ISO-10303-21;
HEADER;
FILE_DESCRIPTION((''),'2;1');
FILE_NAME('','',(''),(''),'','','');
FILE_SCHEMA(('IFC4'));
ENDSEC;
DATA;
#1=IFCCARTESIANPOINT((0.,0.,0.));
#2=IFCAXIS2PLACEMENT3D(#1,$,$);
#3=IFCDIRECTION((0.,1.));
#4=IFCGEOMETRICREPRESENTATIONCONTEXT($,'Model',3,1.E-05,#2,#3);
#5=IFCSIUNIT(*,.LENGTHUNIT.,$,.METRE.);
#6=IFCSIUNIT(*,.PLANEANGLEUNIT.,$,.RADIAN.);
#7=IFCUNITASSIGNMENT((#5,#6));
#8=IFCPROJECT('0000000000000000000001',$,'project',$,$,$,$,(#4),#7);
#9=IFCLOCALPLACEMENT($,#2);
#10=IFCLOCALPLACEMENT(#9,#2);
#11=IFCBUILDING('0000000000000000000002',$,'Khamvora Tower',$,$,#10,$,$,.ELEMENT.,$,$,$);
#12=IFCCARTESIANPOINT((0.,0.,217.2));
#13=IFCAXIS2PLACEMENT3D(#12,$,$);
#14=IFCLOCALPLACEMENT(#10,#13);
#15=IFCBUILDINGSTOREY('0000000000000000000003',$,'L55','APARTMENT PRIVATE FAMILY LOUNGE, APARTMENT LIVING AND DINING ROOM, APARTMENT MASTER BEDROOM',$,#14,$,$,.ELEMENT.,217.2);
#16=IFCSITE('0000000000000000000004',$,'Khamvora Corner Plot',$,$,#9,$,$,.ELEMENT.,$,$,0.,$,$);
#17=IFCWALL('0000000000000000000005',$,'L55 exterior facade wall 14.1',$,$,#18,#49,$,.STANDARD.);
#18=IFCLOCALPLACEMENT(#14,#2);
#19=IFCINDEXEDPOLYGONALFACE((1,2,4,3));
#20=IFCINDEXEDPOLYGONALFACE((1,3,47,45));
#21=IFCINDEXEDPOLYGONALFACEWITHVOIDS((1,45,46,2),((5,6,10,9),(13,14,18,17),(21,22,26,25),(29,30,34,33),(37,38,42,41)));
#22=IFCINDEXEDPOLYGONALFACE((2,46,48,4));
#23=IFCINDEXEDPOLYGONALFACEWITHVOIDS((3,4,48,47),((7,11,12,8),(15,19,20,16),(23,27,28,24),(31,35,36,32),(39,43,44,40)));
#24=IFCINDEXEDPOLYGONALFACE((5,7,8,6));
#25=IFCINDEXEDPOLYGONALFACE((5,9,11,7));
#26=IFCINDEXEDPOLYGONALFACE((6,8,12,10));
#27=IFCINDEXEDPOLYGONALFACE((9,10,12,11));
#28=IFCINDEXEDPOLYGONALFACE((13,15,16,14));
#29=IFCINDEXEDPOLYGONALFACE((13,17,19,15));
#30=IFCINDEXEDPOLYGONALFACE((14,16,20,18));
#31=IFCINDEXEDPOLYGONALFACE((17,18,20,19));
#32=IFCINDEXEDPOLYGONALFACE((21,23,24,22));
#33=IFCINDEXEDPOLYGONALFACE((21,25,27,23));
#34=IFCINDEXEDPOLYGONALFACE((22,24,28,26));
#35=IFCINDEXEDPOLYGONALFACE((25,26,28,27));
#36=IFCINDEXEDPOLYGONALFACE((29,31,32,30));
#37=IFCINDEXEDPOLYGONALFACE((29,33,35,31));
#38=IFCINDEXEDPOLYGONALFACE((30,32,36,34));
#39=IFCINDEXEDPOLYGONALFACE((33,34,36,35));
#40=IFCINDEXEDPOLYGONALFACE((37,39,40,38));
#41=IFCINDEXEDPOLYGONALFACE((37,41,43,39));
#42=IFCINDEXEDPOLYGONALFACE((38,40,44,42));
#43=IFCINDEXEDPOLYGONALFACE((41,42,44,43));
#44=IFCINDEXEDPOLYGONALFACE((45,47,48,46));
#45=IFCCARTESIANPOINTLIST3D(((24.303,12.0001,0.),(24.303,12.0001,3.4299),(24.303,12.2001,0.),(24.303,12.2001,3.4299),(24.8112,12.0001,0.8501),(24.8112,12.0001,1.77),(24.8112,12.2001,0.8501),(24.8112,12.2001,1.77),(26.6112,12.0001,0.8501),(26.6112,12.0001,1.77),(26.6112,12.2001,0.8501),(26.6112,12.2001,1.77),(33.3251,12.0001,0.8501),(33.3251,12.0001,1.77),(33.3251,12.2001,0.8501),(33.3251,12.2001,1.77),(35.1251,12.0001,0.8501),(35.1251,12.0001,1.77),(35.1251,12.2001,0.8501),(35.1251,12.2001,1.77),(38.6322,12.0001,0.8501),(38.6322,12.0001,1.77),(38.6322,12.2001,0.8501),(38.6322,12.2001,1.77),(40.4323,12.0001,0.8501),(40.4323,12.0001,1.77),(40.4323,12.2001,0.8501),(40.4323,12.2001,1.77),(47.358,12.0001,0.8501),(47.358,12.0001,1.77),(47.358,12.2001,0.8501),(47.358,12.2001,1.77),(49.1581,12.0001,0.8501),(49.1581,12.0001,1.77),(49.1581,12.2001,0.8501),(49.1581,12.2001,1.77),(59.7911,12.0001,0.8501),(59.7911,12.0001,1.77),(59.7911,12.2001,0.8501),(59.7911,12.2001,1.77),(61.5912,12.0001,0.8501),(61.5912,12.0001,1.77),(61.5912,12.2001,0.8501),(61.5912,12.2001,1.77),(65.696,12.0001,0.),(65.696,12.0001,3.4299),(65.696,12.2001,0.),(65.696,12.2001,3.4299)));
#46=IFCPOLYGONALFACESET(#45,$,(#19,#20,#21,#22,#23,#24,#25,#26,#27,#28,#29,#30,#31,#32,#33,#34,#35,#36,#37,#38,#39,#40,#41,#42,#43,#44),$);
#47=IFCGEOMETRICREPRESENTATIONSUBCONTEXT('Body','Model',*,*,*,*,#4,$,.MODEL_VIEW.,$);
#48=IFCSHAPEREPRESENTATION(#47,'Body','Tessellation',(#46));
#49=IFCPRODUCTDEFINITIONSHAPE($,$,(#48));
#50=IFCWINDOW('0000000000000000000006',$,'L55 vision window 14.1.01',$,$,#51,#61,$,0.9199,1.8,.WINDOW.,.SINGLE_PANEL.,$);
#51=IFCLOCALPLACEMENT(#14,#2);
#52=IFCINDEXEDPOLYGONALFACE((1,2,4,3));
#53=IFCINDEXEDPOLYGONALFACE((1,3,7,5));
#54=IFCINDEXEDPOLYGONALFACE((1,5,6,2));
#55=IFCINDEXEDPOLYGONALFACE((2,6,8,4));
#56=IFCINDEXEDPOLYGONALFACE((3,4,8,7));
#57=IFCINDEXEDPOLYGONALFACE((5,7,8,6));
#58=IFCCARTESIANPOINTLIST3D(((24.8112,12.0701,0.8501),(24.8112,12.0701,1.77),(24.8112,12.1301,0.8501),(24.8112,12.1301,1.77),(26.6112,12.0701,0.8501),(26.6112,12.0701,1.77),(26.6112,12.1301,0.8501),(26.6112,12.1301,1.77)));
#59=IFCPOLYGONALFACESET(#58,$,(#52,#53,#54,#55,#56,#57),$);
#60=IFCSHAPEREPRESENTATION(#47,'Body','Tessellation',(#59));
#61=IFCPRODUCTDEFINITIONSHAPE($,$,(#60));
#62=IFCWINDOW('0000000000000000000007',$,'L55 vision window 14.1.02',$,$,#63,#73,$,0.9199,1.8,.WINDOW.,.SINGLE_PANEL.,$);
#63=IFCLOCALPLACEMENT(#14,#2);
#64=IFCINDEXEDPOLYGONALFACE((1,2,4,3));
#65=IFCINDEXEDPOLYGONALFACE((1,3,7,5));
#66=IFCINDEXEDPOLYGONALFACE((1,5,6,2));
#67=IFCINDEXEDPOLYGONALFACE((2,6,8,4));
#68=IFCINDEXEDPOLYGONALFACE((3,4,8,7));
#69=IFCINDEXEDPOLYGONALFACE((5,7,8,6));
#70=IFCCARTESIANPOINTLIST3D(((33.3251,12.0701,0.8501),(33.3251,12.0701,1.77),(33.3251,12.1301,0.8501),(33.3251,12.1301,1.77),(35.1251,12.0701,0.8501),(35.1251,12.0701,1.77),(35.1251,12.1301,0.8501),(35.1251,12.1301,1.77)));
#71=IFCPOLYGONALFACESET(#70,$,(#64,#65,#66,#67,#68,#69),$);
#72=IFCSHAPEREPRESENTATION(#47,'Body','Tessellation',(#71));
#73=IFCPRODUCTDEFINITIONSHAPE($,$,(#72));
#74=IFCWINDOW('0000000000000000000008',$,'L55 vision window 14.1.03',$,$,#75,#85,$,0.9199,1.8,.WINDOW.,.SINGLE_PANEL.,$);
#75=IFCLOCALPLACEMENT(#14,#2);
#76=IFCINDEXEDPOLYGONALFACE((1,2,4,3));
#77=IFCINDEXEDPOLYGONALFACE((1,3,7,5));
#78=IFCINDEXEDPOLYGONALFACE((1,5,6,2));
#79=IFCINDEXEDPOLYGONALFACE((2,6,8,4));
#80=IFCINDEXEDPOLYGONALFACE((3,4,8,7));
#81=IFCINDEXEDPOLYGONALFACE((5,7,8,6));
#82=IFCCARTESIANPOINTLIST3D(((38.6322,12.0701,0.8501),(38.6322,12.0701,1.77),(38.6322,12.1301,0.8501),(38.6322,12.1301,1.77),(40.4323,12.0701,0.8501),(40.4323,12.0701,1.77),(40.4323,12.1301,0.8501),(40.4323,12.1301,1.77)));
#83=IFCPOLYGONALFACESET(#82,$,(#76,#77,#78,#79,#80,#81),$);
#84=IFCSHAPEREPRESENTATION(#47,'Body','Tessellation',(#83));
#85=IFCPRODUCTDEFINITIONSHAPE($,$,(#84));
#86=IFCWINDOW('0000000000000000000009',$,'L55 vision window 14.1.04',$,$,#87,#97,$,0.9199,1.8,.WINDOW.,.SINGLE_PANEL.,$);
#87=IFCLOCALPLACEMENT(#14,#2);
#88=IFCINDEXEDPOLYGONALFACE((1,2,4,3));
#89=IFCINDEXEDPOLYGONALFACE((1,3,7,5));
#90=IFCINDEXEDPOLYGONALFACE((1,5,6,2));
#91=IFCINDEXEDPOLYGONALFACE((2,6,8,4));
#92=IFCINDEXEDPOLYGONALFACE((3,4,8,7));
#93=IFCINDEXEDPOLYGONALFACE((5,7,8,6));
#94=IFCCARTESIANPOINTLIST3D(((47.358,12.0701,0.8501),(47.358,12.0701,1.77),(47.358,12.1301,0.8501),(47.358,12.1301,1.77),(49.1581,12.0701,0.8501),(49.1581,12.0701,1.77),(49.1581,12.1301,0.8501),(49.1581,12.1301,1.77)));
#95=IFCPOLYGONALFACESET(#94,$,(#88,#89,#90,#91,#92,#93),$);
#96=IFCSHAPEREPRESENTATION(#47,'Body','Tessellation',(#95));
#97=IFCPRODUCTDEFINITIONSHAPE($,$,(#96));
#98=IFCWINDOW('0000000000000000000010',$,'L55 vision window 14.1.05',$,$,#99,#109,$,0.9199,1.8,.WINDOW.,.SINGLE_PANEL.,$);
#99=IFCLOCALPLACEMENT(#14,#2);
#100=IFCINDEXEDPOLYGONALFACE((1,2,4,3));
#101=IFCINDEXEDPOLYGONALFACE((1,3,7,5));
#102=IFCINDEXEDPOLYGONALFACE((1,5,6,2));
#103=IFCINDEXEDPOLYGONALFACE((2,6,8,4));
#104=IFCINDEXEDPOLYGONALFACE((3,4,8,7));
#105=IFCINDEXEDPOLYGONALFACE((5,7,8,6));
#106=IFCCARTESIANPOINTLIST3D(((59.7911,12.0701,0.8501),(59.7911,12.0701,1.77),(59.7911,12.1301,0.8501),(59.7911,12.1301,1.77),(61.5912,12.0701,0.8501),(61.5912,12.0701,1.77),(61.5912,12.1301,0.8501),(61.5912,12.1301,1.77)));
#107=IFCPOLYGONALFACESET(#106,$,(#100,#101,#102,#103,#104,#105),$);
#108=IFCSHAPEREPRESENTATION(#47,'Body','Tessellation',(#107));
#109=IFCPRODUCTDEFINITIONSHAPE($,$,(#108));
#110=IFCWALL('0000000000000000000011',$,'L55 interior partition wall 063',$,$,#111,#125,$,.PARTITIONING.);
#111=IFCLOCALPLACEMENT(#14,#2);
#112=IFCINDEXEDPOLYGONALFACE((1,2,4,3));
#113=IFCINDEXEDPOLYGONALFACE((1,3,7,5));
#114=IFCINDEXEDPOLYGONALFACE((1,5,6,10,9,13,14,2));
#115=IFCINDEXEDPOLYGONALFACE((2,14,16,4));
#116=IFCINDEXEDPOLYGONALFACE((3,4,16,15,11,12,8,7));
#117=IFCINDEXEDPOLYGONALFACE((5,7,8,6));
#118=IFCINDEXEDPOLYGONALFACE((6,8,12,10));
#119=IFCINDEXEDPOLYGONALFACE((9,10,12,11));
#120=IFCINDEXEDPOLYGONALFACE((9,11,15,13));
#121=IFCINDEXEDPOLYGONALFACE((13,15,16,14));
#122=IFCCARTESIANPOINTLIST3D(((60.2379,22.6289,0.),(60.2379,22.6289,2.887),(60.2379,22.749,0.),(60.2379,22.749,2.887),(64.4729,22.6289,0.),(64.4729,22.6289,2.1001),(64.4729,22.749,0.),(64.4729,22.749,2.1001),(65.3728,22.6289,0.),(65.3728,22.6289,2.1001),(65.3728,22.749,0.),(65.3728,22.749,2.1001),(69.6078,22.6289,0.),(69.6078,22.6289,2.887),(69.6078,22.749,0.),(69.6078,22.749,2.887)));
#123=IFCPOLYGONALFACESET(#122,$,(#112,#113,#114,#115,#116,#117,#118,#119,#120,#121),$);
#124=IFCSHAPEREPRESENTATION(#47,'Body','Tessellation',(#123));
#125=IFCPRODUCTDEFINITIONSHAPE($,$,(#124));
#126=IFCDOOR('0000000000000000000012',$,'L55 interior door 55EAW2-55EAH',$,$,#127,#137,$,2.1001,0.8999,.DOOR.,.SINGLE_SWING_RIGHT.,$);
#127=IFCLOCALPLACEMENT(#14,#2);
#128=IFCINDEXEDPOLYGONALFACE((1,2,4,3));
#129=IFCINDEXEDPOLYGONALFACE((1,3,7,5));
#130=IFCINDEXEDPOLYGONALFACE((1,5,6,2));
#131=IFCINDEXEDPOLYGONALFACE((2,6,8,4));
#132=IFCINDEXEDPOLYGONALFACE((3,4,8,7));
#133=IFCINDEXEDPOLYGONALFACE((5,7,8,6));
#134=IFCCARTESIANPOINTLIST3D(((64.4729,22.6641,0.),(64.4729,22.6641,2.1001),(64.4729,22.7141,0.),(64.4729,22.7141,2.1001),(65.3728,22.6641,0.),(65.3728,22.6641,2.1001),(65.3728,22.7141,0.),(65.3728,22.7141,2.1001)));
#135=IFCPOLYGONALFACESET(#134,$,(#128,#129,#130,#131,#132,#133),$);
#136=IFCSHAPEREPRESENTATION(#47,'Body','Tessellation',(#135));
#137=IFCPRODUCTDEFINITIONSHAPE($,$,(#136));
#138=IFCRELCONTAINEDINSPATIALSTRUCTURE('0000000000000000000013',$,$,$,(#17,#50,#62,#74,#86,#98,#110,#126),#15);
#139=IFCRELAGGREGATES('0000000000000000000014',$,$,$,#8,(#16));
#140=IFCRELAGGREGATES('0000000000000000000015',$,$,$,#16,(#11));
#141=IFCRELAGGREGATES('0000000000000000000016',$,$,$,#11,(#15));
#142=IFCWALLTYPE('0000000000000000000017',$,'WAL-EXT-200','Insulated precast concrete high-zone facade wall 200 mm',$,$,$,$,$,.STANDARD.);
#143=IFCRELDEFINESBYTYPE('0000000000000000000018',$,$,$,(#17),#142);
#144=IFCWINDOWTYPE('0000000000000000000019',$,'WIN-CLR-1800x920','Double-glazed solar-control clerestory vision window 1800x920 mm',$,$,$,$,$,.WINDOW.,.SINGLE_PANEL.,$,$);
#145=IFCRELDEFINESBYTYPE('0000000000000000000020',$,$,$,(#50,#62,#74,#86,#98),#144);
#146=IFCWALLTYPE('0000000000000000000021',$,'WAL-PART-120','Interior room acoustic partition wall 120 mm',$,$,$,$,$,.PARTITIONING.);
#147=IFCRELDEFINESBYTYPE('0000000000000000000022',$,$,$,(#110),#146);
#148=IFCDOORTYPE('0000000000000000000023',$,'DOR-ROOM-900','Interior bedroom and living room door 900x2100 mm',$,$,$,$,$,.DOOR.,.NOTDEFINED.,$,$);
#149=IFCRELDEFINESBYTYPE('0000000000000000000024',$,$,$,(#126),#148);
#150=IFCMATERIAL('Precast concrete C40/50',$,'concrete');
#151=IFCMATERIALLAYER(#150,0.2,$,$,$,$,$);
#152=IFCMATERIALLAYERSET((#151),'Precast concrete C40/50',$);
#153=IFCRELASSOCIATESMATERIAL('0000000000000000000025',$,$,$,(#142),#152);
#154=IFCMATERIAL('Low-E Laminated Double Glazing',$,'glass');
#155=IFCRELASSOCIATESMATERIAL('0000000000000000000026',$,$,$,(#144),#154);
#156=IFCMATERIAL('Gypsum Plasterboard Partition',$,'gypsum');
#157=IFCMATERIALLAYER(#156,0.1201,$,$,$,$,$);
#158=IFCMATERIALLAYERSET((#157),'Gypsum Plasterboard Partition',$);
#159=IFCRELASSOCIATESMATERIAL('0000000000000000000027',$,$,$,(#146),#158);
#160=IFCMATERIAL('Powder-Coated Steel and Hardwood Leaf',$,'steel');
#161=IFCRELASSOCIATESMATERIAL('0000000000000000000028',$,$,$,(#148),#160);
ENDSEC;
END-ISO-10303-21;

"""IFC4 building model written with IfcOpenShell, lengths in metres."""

from ifc_helpers import new_model, si_unit, direction, frame, frame_2d, origin, place, context, subcontext, project, spatial, rectangle, extrude, material, layer, layer_set, type_object, element, fill, save


model = new_model("IFC4")

# Units and contexts
model_context = context("Model", 3, precision=1e-05, world=origin(), true_north=direction((0.0, 1.0)))
body_context = subcontext(model_context, "Body", "Model", "MODEL_VIEW")
ifc_project = project(units=[si_unit("LENGTHUNIT", "METRE"), si_unit("PLANEANGLEUNIT", "RADIAN")], contexts=[model_context])

# Site, building, storey
site_placement = place(None, origin())
site = spatial("IfcSite", under=ifc_project, at=site_placement, Name="Khamvora Corner Plot", CompositionType="ELEMENT", RefElevation=0.0)
building_placement = place(site_placement, origin())
building = spatial("IfcBuilding", under=site, at=building_placement, Name="Khamvora Tower", CompositionType="ELEMENT")
storey_placement = place(building_placement, frame((0.0, 0.0, 217.2)))
storey = spatial("IfcBuildingStorey", under=building, at=storey_placement, Name="L55", Description="APARTMENT PRIVATE FAMILY LOUNGE, APARTMENT LIVING AND DINING ROOM, APARTMENT MASTER BEDROOM", CompositionType="ELEMENT", Elevation=217.2)

# Shared definitions
ifc_material_1 = material(Name="Precast concrete C40/50", Category="concrete")
ifc_layer_1 = layer(ifc_material_1, 0.2)
ifc_layer_set_1 = layer_set([ifc_layer_1], Name="Precast concrete C40/50")
wall_type_1 = type_object("IfcWallType", Name="WAL-EXT-200", Description="Insulated precast concrete high-zone facade wall 200 mm", PredefinedType="STANDARD", material=ifc_layer_set_1)
ifc_material_2 = material(Name="Low-E Laminated Double Glazing", Category="glass")
window_type_1 = type_object("IfcWindowType", Name="WIN-CLR-1800x920", Description="Double-glazed solar-control clerestory vision window 1800x920 mm", PartitioningType="SINGLE_PANEL", PredefinedType="WINDOW", material=ifc_material_2)

# Wall, openings, windows
wall_1_placement = place(storey_placement, frame((65.696, 12.1001, 0.0), z_axis=(0.0, 0.0, 1.0), x_axis=(-1.0, 0.0, 0.0)))
wall_1 = element("IfcWall", 1, at=wall_1_placement, inside=storey, type_object=wall_type_1, Name="L55 exterior facade wall 14.1", PredefinedType="STANDARD", context=body_context, shape_type="SweptSolid", body=[
    extrude(rectangle(XDim=41.3931, YDim=0.2, at=frame_2d((20.6965, 0.0))), origin(), (0.0, 0.0, 1.0), 3.4299),
])
opening_1_placement = place(wall_1_placement, frame((39.085, 0.0, 0.8501)))
opening_1 = element("IfcOpeningElement", 2, at=opening_1_placement, cuts=wall_1, PredefinedType="OPENING", context=body_context, shape_type="SweptSolid", body=[
    extrude(rectangle(XDim=1.8, YDim=0.9199, at=frame_2d((0.8999, 0.46))), frame((0.0, 0.1099, 0.0), z_axis=(0.0, -1.0, 0.0), x_axis=(1.0, 0.0, 0.0)), (0.0, 0.0, 1.0), 0.22),
])
opening_2_placement = place(wall_1_placement, frame((30.571, 0.0, 0.8501)))
opening_2 = element("IfcOpeningElement", 3, at=opening_2_placement, cuts=wall_1, PredefinedType="OPENING", context=body_context, shape_type="SweptSolid", body=[
    extrude(rectangle(XDim=1.8, YDim=0.9199, at=frame_2d((0.8999, 0.46))), frame((0.0, 0.1099, 0.0), z_axis=(0.0, -1.0, 0.0), x_axis=(1.0, 0.0, 0.0)), (0.0, 0.0, 1.0), 0.22),
])
opening_3_placement = place(wall_1_placement, frame((25.2639, 0.0, 0.8501)))
opening_3 = element("IfcOpeningElement", 4, at=opening_3_placement, cuts=wall_1, PredefinedType="OPENING", context=body_context, shape_type="SweptSolid", body=[
    extrude(rectangle(XDim=1.8, YDim=0.9199, at=frame_2d((0.8999, 0.46))), frame((0.0, 0.1099, 0.0), z_axis=(0.0, -1.0, 0.0), x_axis=(1.0, 0.0, 0.0)), (0.0, 0.0, 1.0), 0.22),
])
opening_4_placement = place(wall_1_placement, frame((16.5381, 0.0, 0.8501)))
opening_4 = element("IfcOpeningElement", 5, at=opening_4_placement, cuts=wall_1, PredefinedType="OPENING", context=body_context, shape_type="SweptSolid", body=[
    extrude(rectangle(XDim=1.8, YDim=0.9199, at=frame_2d((0.8999, 0.46))), frame((0.0, 0.1099, 0.0), z_axis=(0.0, -1.0, 0.0), x_axis=(1.0, 0.0, 0.0)), (0.0, 0.0, 1.0), 0.22),
])
opening_5_placement = place(wall_1_placement, frame((4.105, 0.0, 0.8501)))
opening_5 = element("IfcOpeningElement", 6, at=opening_5_placement, cuts=wall_1, PredefinedType="OPENING", context=body_context, shape_type="SweptSolid", body=[
    extrude(rectangle(XDim=1.8, YDim=0.9199, at=frame_2d((0.8999, 0.46))), frame((0.0, 0.1099, 0.0), z_axis=(0.0, -1.0, 0.0), x_axis=(1.0, 0.0, 0.0)), (0.0, 0.0, 1.0), 0.22),
])
window_1_placement = place(opening_1_placement, origin())
window_1 = element("IfcWindow", 7, at=window_1_placement, inside=storey, type_object=window_type_1, Name="L55 vision window 14.1.01", OverallHeight=0.9199, OverallWidth=1.8, PartitioningType="SINGLE_PANEL", PredefinedType="WINDOW", context=body_context, shape_type="SweptSolid", body=[
    extrude(rectangle(XDim=1.8, YDim=0.9199, at=frame_2d((0.8999, 0.46))), frame((0.0, 0.03, 0.0), z_axis=(0.0, -1.0, 0.0), x_axis=(1.0, 0.0, 0.0)), (0.0, 0.0, 1.0), 0.0601),
])
fill(opening_1, window_1)
window_2_placement = place(opening_2_placement, origin())
window_2 = element("IfcWindow", 8, at=window_2_placement, inside=storey, type_object=window_type_1, Name="L55 vision window 14.1.02", OverallHeight=0.9199, OverallWidth=1.8, PartitioningType="SINGLE_PANEL", PredefinedType="WINDOW", context=body_context, shape_type="SweptSolid", body=[
    extrude(rectangle(XDim=1.8, YDim=0.9199, at=frame_2d((0.8999, 0.46))), frame((0.0, 0.03, 0.0), z_axis=(0.0, -1.0, 0.0), x_axis=(1.0, 0.0, 0.0)), (0.0, 0.0, 1.0), 0.0601),
])
fill(opening_2, window_2)
window_3_placement = place(opening_3_placement, origin())
window_3 = element("IfcWindow", 9, at=window_3_placement, inside=storey, type_object=window_type_1, Name="L55 vision window 14.1.03", OverallHeight=0.9199, OverallWidth=1.8, PartitioningType="SINGLE_PANEL", PredefinedType="WINDOW", context=body_context, shape_type="SweptSolid", body=[
    extrude(rectangle(XDim=1.8, YDim=0.9199, at=frame_2d((0.8999, 0.46))), frame((0.0, 0.03, 0.0), z_axis=(0.0, -1.0, 0.0), x_axis=(1.0, 0.0, 0.0)), (0.0, 0.0, 1.0), 0.0601),
])
fill(opening_3, window_3)
window_4_placement = place(opening_4_placement, origin())
window_4 = element("IfcWindow", 10, at=window_4_placement, inside=storey, type_object=window_type_1, Name="L55 vision window 14.1.04", OverallHeight=0.9199, OverallWidth=1.8, PartitioningType="SINGLE_PANEL", PredefinedType="WINDOW", context=body_context, shape_type="SweptSolid", body=[
    extrude(rectangle(XDim=1.8, YDim=0.9199, at=frame_2d((0.8999, 0.46))), frame((0.0, 0.03, 0.0), z_axis=(0.0, -1.0, 0.0), x_axis=(1.0, 0.0, 0.0)), (0.0, 0.0, 1.0), 0.0601),
])
fill(opening_4, window_4)
window_5_placement = place(opening_5_placement, origin())
window_5 = element("IfcWindow", 11, at=window_5_placement, inside=storey, type_object=window_type_1, Name="L55 vision window 14.1.05", OverallHeight=0.9199, OverallWidth=1.8, PartitioningType="SINGLE_PANEL", PredefinedType="WINDOW", context=body_context, shape_type="SweptSolid", body=[
    extrude(rectangle(XDim=1.8, YDim=0.9199, at=frame_2d((0.8999, 0.46))), frame((0.0, 0.03, 0.0), z_axis=(0.0, -1.0, 0.0), x_axis=(1.0, 0.0, 0.0)), (0.0, 0.0, 1.0), 0.0601),
])
fill(opening_5, window_5)

# Wall, opening, door
ifc_material_3 = material(Name="Gypsum Plasterboard Partition", Category="gypsum")
ifc_layer_2 = layer(ifc_material_3, 0.1201)
ifc_layer_set_2 = layer_set([ifc_layer_2], Name="Gypsum Plasterboard Partition")
wall_type_2 = type_object("IfcWallType", Name="WAL-PART-120", Description="Interior room acoustic partition wall 120 mm", PredefinedType="PARTITIONING", material=ifc_layer_set_2)
wall_2_placement = place(storey_placement, frame((69.6079, 22.689, 0.0), z_axis=(0.0, 0.0, 1.0), x_axis=(-1.0, 0.0, 0.0)))
wall_2 = element("IfcWall", 12, at=wall_2_placement, inside=storey, type_object=wall_type_2, Name="L55 interior partition wall 063", PredefinedType="PARTITIONING", context=body_context, shape_type="SweptSolid", body=[
    extrude(rectangle(XDim=9.3699, YDim=0.1201, at=frame_2d((4.6851, 0.0))), origin(), (0.0, 0.0, 1.0), 2.887),
])
opening_6_placement = place(wall_2_placement, frame((4.2351, 0.0, 0.0)))
opening_6 = element("IfcOpeningElement", 13, at=opening_6_placement, cuts=wall_2, PredefinedType="OPENING", context=body_context, shape_type="SweptSolid", body=[
    extrude(rectangle(XDim=0.8999, YDim=2.1001, at=frame_2d((0.45, 1.05))), frame((0.0, 0.0701, 0.0), z_axis=(0.0, -1.0, 0.0), x_axis=(1.0, 0.0, 0.0)), (0.0, 0.0, 1.0), 0.1401),
])
ifc_material_4 = material(Name="Powder-Coated Steel and Hardwood Leaf", Category="steel")
door_type_1 = type_object("IfcDoorType", Name="DOR-ROOM-900", Description="Interior bedroom and living room door 900x2100 mm", OperationType="NOTDEFINED", PredefinedType="DOOR", material=ifc_material_4)
door_1_placement = place(opening_6_placement, origin())
door_1 = element("IfcDoor", 14, at=door_1_placement, inside=storey, type_object=door_type_1, Name="L55 interior door 55EAW2-55EAH", OperationType="SINGLE_SWING_RIGHT", OverallHeight=2.1001, OverallWidth=0.8999, PredefinedType="DOOR", context=body_context, shape_type="SweptSolid", body=[
    extrude(rectangle(XDim=0.8999, YDim=2.1001, at=frame_2d((0.45, 1.05))), frame((0.0, 0.0249, 0.0), z_axis=(0.0, -1.0, 0.0), x_axis=(1.0, 0.0, 0.0)), (0.0, 0.0, 1.0), 0.05),
])
fill(opening_6, door_1)

save(model, "model.ifc")
